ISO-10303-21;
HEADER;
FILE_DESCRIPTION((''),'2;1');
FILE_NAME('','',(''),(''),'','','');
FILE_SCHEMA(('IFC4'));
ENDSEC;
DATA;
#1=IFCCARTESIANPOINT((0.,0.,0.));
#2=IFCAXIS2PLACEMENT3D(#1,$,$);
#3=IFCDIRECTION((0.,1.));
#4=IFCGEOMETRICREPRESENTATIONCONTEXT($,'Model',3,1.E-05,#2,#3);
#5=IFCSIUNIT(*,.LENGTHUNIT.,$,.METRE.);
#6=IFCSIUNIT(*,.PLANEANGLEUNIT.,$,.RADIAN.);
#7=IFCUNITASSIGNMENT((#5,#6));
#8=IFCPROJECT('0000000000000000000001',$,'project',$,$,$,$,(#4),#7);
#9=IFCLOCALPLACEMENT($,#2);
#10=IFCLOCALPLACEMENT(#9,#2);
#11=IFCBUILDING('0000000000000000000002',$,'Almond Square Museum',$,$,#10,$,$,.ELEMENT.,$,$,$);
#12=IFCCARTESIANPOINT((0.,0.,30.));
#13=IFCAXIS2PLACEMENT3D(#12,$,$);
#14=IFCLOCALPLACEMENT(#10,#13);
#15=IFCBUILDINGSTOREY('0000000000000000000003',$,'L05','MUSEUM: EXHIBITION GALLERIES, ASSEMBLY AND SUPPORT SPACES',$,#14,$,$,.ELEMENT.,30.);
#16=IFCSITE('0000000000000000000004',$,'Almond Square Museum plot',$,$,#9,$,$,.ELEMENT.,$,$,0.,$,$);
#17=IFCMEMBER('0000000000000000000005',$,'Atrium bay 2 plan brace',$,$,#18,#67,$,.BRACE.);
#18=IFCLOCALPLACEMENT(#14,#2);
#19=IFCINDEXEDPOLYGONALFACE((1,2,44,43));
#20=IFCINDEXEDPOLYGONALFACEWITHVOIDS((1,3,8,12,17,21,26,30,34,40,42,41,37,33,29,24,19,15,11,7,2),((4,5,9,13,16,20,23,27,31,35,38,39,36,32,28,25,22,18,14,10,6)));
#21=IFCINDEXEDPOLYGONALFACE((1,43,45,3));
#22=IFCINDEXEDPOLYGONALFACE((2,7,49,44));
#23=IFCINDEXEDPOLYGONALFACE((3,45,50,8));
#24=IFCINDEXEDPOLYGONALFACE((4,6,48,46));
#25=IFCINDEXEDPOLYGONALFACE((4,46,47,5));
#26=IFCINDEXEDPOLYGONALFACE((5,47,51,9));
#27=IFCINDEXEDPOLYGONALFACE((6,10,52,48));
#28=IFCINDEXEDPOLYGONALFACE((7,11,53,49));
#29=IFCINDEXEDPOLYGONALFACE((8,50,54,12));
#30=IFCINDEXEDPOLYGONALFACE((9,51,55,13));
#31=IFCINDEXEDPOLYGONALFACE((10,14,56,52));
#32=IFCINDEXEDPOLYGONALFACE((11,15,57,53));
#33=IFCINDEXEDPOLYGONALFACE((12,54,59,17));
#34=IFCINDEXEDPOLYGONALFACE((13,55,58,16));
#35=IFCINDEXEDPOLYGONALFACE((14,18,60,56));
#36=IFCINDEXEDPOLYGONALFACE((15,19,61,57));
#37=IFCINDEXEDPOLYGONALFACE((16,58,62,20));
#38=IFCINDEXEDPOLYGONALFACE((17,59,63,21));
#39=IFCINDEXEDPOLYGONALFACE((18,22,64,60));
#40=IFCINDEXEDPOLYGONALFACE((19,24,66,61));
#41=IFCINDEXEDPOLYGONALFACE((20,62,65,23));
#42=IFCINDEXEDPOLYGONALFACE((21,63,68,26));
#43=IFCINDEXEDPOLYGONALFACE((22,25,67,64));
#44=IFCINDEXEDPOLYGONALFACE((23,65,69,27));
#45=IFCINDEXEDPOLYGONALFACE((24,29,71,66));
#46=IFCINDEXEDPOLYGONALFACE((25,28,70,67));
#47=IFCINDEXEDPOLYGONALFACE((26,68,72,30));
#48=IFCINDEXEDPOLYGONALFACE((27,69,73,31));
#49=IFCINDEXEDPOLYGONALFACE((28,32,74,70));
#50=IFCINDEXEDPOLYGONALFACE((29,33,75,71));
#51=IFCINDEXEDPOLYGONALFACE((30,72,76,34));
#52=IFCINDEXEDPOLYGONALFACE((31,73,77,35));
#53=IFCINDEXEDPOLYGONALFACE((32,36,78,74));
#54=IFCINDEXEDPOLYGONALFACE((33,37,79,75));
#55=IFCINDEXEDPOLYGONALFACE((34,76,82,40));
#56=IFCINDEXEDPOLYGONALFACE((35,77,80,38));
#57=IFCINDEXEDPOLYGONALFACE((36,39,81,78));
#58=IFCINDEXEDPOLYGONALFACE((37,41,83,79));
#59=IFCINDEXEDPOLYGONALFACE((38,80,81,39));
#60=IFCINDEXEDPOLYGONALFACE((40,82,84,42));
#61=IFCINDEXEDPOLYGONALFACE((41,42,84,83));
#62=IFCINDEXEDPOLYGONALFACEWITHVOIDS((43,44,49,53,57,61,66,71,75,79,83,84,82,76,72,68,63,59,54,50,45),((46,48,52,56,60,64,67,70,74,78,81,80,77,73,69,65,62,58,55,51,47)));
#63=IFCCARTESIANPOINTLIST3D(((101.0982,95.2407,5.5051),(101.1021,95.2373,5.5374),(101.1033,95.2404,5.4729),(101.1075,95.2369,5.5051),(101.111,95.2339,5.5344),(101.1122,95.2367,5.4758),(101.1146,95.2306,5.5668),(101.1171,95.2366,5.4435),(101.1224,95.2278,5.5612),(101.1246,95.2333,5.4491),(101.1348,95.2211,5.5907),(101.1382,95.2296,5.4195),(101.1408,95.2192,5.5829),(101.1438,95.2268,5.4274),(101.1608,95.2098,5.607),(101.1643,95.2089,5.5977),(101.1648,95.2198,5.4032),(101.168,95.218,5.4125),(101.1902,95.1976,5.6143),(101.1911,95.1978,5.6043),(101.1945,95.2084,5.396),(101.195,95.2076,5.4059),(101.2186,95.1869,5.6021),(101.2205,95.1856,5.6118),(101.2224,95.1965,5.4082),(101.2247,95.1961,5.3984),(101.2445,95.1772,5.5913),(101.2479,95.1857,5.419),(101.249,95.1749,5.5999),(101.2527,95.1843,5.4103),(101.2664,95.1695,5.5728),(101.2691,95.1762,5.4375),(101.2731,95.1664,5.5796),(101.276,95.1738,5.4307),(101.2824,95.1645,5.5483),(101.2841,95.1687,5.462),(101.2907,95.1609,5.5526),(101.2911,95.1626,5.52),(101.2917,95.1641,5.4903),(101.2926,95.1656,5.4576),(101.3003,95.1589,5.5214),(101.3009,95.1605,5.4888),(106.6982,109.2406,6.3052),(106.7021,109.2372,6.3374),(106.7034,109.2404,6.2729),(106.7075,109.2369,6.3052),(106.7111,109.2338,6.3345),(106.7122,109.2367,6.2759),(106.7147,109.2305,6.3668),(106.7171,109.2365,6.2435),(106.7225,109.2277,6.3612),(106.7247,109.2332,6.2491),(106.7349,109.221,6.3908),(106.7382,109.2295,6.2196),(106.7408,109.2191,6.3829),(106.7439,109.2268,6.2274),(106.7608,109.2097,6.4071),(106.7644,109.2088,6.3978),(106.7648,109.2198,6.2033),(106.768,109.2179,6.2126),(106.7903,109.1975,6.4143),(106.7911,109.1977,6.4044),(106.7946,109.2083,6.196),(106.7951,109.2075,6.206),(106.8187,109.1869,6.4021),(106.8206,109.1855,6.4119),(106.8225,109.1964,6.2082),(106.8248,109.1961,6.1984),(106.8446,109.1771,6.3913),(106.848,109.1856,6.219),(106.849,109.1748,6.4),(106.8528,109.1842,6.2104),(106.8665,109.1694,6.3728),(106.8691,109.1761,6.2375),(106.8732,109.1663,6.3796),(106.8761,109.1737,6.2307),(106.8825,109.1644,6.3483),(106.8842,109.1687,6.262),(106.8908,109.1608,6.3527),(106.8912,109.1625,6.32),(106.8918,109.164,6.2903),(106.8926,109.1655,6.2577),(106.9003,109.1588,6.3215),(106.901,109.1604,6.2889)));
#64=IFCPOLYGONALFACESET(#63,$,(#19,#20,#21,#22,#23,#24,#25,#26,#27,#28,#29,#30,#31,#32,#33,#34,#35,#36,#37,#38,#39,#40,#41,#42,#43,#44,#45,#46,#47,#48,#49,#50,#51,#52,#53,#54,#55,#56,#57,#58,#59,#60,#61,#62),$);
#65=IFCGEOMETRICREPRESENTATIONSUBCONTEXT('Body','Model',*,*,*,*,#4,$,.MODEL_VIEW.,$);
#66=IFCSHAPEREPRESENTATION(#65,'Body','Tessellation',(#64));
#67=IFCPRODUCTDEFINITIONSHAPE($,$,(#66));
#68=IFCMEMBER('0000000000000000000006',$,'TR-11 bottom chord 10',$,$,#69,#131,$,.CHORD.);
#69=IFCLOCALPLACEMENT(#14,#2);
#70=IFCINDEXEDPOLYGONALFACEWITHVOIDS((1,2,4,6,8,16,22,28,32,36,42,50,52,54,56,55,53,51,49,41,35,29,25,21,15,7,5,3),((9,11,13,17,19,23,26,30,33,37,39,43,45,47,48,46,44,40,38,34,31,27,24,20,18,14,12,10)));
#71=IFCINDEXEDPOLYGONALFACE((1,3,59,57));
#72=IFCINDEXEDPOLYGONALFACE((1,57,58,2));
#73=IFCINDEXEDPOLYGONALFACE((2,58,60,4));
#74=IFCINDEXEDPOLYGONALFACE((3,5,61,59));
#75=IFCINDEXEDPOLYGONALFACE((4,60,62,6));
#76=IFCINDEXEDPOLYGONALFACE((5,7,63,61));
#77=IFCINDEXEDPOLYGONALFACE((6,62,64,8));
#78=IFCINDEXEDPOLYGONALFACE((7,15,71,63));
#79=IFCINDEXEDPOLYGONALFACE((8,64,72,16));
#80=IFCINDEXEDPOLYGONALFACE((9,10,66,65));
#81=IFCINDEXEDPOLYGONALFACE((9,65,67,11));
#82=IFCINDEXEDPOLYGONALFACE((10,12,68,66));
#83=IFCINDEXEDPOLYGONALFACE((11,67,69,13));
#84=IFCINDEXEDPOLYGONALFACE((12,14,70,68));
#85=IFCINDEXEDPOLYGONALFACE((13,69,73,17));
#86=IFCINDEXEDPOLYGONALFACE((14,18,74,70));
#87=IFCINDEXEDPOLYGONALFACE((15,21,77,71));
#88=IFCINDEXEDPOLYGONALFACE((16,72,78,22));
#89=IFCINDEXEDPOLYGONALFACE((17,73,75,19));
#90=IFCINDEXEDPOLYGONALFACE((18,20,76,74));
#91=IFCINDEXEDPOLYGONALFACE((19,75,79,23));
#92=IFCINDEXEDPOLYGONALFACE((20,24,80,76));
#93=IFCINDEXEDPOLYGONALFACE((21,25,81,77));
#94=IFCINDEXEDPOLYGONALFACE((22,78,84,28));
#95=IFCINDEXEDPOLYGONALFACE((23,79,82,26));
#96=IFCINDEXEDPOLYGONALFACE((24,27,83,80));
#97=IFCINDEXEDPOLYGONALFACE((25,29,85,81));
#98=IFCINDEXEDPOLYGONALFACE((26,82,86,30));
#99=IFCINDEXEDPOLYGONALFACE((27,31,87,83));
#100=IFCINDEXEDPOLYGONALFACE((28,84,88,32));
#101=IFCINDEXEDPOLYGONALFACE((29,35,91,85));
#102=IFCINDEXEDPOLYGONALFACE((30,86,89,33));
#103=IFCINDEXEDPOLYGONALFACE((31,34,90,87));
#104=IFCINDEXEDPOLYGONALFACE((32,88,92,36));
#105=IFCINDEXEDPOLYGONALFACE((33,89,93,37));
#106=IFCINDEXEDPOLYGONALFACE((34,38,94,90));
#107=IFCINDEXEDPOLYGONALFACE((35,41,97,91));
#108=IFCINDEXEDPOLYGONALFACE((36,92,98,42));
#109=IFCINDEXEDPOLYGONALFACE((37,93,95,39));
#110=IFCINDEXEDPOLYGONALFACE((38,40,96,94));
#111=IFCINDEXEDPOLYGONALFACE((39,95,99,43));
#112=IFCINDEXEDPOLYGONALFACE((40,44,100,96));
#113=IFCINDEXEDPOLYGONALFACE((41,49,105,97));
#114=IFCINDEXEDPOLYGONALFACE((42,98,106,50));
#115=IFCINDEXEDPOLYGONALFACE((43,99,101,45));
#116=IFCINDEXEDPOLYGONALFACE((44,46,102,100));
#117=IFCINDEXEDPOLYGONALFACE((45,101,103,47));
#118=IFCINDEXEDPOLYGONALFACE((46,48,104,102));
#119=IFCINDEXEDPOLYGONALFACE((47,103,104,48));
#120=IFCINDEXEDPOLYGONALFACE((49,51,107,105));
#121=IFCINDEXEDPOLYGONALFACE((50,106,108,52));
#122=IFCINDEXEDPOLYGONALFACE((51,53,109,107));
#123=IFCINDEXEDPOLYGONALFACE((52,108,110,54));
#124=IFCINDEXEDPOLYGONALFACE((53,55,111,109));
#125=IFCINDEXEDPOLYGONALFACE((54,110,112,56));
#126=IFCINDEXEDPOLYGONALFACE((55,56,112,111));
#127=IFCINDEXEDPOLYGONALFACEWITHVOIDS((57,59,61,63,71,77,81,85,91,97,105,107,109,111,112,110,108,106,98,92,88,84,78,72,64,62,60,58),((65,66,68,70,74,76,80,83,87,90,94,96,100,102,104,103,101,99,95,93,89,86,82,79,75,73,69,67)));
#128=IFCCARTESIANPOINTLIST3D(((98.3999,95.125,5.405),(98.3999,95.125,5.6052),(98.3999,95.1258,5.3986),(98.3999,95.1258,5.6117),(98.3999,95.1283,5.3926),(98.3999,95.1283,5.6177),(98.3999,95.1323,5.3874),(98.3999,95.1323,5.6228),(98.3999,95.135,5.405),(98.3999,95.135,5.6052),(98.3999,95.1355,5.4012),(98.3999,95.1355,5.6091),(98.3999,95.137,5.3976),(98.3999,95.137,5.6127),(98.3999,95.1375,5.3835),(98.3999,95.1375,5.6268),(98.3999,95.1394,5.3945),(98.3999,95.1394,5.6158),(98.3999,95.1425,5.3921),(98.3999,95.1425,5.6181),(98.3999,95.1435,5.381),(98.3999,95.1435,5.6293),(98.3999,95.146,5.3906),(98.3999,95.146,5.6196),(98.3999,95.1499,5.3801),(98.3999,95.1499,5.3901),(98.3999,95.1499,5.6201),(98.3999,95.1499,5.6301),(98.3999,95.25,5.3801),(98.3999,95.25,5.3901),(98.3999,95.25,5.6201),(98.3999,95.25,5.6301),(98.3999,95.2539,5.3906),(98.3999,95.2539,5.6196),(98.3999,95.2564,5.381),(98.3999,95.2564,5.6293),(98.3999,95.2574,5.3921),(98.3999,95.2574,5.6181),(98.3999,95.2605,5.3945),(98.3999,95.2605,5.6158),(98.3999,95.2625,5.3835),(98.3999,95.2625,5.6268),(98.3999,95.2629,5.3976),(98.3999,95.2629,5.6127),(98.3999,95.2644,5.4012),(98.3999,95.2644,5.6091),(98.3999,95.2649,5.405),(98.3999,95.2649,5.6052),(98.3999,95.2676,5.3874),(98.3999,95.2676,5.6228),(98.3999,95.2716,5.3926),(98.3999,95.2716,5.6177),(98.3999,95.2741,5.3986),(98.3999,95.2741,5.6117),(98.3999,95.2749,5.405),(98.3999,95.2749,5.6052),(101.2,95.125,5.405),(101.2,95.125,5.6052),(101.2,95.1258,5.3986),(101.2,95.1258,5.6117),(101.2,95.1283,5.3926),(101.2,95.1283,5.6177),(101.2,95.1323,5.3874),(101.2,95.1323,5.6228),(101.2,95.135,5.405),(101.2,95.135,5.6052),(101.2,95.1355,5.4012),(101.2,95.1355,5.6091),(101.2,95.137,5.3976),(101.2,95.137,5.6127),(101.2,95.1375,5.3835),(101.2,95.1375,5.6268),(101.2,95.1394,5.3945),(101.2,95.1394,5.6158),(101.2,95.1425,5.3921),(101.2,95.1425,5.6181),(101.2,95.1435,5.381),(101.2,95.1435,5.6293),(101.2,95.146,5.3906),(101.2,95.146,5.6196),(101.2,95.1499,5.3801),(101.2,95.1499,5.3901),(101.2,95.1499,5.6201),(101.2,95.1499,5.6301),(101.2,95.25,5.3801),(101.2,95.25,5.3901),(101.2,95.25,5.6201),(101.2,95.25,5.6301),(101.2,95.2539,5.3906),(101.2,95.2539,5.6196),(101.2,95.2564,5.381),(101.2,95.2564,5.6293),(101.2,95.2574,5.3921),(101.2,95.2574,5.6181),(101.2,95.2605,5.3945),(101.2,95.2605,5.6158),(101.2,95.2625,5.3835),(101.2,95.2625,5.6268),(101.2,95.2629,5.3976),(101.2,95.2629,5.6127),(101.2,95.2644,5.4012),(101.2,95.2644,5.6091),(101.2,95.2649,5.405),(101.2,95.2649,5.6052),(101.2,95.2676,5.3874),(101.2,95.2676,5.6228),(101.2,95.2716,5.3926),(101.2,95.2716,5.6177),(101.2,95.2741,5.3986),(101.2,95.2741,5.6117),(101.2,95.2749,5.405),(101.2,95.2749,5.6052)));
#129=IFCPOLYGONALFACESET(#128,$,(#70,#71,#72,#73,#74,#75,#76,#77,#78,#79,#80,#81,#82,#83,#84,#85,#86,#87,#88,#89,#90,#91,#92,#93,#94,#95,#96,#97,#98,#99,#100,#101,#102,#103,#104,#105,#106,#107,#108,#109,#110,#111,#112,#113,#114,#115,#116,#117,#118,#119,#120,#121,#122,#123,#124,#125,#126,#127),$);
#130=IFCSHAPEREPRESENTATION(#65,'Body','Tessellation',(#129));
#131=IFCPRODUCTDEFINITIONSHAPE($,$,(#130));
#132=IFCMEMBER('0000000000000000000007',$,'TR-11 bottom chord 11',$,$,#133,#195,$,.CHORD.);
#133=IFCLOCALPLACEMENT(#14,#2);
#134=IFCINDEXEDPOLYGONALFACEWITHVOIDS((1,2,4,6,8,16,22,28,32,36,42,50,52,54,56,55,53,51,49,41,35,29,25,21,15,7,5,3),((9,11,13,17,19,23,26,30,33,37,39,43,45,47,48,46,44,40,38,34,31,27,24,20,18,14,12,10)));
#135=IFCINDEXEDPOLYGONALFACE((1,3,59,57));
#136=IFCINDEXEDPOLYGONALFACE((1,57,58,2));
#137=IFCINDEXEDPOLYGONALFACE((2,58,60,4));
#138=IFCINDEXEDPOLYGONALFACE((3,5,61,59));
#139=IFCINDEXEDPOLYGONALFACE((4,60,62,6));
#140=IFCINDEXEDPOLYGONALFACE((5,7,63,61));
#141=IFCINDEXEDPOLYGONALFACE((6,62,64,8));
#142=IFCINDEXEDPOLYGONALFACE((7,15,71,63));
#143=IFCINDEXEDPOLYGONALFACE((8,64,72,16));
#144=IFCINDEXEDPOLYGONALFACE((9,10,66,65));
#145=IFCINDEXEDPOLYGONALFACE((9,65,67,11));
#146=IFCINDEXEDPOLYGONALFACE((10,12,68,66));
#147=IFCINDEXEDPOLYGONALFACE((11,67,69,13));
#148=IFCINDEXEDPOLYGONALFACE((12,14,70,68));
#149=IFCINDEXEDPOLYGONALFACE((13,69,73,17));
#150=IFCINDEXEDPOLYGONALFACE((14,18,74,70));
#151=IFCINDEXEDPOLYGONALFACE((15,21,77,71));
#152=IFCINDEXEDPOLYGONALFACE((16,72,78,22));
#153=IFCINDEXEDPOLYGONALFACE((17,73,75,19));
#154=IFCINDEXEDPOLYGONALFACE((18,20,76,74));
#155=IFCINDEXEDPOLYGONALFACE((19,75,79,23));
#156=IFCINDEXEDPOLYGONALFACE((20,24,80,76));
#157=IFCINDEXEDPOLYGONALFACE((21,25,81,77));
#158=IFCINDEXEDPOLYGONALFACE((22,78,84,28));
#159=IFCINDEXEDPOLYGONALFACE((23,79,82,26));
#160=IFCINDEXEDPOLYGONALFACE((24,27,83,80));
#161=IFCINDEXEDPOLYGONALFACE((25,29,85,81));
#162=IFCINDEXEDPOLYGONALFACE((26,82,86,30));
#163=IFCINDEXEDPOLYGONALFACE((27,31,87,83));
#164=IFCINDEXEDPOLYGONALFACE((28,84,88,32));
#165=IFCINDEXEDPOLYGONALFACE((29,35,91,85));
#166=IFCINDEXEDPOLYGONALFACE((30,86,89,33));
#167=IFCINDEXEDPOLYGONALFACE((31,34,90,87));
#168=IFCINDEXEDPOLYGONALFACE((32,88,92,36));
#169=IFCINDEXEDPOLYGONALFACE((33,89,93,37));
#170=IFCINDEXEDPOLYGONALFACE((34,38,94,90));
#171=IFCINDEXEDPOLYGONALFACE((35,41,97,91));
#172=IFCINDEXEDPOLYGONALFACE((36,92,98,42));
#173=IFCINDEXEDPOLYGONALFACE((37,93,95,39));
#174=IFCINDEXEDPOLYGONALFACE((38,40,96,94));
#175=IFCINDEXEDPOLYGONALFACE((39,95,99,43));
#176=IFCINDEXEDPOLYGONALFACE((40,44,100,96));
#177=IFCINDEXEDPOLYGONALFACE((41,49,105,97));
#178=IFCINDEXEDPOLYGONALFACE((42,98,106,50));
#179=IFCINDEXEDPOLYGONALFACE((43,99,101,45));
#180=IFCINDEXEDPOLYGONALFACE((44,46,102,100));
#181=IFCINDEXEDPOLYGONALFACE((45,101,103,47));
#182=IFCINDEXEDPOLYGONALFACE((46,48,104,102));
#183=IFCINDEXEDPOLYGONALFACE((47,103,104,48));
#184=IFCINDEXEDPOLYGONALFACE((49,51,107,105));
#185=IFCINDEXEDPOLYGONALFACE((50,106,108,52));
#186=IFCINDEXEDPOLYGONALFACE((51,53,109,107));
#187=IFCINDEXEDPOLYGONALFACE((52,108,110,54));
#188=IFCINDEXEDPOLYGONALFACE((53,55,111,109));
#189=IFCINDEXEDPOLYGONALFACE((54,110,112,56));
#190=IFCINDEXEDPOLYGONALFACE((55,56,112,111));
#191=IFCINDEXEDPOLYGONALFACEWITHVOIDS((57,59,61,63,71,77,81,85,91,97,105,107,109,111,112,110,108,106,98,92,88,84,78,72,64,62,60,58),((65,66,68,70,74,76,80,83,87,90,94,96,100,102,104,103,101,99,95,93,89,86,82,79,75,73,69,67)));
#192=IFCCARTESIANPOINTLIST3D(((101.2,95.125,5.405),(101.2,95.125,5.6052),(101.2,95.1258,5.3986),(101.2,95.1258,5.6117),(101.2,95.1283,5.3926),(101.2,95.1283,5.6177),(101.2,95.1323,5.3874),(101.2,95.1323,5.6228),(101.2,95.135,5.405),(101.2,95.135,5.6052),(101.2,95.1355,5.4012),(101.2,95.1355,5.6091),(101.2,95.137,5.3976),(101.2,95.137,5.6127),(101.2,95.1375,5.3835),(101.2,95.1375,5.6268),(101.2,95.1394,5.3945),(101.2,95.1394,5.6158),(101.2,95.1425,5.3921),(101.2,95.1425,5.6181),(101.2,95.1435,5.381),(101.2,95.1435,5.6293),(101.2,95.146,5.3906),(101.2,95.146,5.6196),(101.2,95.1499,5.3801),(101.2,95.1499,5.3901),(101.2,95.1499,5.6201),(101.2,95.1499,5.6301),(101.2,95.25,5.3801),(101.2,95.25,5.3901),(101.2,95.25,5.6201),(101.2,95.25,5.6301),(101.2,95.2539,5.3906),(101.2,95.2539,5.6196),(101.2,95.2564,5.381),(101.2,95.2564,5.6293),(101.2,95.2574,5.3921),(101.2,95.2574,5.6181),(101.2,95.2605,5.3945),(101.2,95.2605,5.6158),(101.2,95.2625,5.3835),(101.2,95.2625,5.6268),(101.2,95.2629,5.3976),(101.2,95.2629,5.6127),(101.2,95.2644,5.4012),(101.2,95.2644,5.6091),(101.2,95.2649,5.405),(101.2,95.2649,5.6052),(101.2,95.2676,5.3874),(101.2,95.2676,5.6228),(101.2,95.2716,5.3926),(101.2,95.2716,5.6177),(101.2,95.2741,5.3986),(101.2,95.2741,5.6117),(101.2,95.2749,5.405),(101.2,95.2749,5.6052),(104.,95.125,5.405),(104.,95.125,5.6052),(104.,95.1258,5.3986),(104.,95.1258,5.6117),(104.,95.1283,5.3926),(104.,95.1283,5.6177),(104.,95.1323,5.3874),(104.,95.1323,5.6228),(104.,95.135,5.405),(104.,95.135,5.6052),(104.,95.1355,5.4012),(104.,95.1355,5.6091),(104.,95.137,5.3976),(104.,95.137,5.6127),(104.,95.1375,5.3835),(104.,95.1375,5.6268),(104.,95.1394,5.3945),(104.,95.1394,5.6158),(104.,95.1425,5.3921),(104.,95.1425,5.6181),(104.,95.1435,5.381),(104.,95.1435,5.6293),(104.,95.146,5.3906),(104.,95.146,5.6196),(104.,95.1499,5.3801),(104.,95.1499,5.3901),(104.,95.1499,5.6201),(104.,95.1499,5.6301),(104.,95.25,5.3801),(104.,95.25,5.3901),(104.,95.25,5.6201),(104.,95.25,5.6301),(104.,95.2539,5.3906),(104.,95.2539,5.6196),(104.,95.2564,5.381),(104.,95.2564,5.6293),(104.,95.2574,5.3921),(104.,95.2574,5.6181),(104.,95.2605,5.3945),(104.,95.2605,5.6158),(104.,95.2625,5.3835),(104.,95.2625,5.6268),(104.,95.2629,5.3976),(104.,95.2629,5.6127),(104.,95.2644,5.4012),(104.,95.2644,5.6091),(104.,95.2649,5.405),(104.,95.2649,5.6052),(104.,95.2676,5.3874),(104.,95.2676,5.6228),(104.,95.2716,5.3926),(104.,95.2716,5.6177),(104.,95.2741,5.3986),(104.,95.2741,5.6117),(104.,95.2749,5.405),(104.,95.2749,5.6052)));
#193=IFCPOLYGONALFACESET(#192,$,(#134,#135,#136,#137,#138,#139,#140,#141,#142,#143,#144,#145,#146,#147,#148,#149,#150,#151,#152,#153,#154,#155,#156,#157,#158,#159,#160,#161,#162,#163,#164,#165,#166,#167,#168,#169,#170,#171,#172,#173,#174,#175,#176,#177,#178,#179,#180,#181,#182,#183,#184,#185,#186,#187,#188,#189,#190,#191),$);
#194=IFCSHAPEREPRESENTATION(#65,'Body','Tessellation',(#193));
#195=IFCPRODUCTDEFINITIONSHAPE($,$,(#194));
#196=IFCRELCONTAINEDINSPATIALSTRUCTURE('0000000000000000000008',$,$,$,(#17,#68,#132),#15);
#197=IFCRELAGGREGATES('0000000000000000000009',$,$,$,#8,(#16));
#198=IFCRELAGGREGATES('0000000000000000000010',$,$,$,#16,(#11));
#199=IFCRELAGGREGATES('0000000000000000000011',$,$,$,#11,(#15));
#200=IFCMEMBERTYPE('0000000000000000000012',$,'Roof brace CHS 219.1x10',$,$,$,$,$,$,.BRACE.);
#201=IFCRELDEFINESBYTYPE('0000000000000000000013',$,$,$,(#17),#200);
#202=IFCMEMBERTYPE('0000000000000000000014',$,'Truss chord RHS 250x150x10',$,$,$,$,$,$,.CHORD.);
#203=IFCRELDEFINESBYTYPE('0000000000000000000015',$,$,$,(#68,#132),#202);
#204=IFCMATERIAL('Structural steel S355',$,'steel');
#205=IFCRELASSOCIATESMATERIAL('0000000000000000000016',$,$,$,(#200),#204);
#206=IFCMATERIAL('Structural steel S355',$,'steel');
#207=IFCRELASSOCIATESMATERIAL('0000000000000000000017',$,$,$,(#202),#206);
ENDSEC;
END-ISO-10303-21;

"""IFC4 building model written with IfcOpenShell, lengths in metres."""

from ifc_helpers import new_model, si_unit, direction, frame, origin, origin_2d, place, context, subcontext, project, spatial, hollow_rectangle, hollow_circle, extrude, material, material_profile, profile_set, type_object, element, save


model = new_model("IFC4")

# Units and contexts
model_context = context("Model", 3, precision=1e-05, world=origin(), true_north=direction((0.0, 1.0)))
body_context = subcontext(model_context, "Body", "Model", "MODEL_VIEW")
ifc_project = project(units=[si_unit("LENGTHUNIT", "METRE"), si_unit("PLANEANGLEUNIT", "RADIAN")], contexts=[model_context])

# Site, building, storey
site_placement = place(None, origin())
site = spatial("IfcSite", under=ifc_project, at=site_placement, Name="Almond Square Museum plot", CompositionType="ELEMENT", RefElevation=0.0)
building_placement = place(site_placement, origin())
building = spatial("IfcBuilding", under=site, at=building_placement, Name="Almond Square Museum", CompositionType="ELEMENT")
storey_placement = place(building_placement, frame((0.0, 0.0, 30.0)))
storey = spatial("IfcBuildingStorey", under=building, at=storey_placement, Name="L05", Description="MUSEUM: EXHIBITION GALLERIES, ASSEMBLY AND SUPPORT SPACES", CompositionType="ELEMENT", Elevation=30.0)

# Members
ifc_material_1 = material(Name="Structural steel S355", Category="steel")
ifc_material_profile_1 = material_profile(ifc_material_1, hollow_circle(Radius=0.1096, WallThickness=0.01, at=origin_2d()))
ifc_profile_set_1 = profile_set([ifc_material_profile_1], Name="Structural steel S355")
member_type_1 = type_object("IfcMemberType", Name="Roof brace CHS 219.1x10", PredefinedType="BRACE", material=ifc_profile_set_1)
member_1_placement = place(storey_placement, frame((101.2, 95.2, 5.5051), z_axis=(0.370875, 0.92717, 0.052984), x_axis=(-0.928474, 0.371396, 0.0)))
element("IfcMember", 1, at=member_1_placement, inside=storey, type_object=member_type_1, Name="Atrium bay 2 plan brace", PredefinedType="BRACE", context=body_context, shape_type="SweptSolid", body=[
    extrude(hollow_circle(Radius=0.1096, WallThickness=0.01, at=origin_2d()), origin(), (0.0, 0.0, 1.0), 15.0996),
])
ifc_material_2 = material(Name="Structural steel S355", Category="steel")
ifc_material_profile_2 = material_profile(ifc_material_2, hollow_rectangle(XDim=0.1499, YDim=0.25, WallThickness=0.01, InnerFilletRadius=0.0149, OuterFilletRadius=0.0249, at=origin_2d()))
ifc_profile_set_2 = profile_set([ifc_material_profile_2], Name="Structural steel S355")
member_type_2 = type_object("IfcMemberType", Name="Truss chord RHS 250x150x10", PredefinedType="CHORD", material=ifc_profile_set_2)
for number, where, z_axis, x_axis, name in (
    (2, (98.3999, 95.2, 5.5051), (1.0, 0.0, 0.0), (0.0, 1.0, 0.0), "TR-11 bottom chord 10"),
    (3, (101.2, 95.2, 5.5051), (1.0, 0.0, 0.0), (0.0, 1.0, 0.0), "TR-11 bottom chord 11"),
):
    element("IfcMember", number, at=place(storey_placement, frame(where, z_axis=z_axis, x_axis=x_axis)), inside=storey, type_object=member_type_2, Name=name, PredefinedType="CHORD", context=body_context, shape_type="SweptSolid", body=[
        extrude(hollow_rectangle(XDim=0.1499, YDim=0.25, WallThickness=0.01, InnerFilletRadius=0.0149, OuterFilletRadius=0.0249, at=origin_2d()), origin(), (0.0, 0.0, 1.0), 2.8),
    ])

save(model, "model.ifc")
